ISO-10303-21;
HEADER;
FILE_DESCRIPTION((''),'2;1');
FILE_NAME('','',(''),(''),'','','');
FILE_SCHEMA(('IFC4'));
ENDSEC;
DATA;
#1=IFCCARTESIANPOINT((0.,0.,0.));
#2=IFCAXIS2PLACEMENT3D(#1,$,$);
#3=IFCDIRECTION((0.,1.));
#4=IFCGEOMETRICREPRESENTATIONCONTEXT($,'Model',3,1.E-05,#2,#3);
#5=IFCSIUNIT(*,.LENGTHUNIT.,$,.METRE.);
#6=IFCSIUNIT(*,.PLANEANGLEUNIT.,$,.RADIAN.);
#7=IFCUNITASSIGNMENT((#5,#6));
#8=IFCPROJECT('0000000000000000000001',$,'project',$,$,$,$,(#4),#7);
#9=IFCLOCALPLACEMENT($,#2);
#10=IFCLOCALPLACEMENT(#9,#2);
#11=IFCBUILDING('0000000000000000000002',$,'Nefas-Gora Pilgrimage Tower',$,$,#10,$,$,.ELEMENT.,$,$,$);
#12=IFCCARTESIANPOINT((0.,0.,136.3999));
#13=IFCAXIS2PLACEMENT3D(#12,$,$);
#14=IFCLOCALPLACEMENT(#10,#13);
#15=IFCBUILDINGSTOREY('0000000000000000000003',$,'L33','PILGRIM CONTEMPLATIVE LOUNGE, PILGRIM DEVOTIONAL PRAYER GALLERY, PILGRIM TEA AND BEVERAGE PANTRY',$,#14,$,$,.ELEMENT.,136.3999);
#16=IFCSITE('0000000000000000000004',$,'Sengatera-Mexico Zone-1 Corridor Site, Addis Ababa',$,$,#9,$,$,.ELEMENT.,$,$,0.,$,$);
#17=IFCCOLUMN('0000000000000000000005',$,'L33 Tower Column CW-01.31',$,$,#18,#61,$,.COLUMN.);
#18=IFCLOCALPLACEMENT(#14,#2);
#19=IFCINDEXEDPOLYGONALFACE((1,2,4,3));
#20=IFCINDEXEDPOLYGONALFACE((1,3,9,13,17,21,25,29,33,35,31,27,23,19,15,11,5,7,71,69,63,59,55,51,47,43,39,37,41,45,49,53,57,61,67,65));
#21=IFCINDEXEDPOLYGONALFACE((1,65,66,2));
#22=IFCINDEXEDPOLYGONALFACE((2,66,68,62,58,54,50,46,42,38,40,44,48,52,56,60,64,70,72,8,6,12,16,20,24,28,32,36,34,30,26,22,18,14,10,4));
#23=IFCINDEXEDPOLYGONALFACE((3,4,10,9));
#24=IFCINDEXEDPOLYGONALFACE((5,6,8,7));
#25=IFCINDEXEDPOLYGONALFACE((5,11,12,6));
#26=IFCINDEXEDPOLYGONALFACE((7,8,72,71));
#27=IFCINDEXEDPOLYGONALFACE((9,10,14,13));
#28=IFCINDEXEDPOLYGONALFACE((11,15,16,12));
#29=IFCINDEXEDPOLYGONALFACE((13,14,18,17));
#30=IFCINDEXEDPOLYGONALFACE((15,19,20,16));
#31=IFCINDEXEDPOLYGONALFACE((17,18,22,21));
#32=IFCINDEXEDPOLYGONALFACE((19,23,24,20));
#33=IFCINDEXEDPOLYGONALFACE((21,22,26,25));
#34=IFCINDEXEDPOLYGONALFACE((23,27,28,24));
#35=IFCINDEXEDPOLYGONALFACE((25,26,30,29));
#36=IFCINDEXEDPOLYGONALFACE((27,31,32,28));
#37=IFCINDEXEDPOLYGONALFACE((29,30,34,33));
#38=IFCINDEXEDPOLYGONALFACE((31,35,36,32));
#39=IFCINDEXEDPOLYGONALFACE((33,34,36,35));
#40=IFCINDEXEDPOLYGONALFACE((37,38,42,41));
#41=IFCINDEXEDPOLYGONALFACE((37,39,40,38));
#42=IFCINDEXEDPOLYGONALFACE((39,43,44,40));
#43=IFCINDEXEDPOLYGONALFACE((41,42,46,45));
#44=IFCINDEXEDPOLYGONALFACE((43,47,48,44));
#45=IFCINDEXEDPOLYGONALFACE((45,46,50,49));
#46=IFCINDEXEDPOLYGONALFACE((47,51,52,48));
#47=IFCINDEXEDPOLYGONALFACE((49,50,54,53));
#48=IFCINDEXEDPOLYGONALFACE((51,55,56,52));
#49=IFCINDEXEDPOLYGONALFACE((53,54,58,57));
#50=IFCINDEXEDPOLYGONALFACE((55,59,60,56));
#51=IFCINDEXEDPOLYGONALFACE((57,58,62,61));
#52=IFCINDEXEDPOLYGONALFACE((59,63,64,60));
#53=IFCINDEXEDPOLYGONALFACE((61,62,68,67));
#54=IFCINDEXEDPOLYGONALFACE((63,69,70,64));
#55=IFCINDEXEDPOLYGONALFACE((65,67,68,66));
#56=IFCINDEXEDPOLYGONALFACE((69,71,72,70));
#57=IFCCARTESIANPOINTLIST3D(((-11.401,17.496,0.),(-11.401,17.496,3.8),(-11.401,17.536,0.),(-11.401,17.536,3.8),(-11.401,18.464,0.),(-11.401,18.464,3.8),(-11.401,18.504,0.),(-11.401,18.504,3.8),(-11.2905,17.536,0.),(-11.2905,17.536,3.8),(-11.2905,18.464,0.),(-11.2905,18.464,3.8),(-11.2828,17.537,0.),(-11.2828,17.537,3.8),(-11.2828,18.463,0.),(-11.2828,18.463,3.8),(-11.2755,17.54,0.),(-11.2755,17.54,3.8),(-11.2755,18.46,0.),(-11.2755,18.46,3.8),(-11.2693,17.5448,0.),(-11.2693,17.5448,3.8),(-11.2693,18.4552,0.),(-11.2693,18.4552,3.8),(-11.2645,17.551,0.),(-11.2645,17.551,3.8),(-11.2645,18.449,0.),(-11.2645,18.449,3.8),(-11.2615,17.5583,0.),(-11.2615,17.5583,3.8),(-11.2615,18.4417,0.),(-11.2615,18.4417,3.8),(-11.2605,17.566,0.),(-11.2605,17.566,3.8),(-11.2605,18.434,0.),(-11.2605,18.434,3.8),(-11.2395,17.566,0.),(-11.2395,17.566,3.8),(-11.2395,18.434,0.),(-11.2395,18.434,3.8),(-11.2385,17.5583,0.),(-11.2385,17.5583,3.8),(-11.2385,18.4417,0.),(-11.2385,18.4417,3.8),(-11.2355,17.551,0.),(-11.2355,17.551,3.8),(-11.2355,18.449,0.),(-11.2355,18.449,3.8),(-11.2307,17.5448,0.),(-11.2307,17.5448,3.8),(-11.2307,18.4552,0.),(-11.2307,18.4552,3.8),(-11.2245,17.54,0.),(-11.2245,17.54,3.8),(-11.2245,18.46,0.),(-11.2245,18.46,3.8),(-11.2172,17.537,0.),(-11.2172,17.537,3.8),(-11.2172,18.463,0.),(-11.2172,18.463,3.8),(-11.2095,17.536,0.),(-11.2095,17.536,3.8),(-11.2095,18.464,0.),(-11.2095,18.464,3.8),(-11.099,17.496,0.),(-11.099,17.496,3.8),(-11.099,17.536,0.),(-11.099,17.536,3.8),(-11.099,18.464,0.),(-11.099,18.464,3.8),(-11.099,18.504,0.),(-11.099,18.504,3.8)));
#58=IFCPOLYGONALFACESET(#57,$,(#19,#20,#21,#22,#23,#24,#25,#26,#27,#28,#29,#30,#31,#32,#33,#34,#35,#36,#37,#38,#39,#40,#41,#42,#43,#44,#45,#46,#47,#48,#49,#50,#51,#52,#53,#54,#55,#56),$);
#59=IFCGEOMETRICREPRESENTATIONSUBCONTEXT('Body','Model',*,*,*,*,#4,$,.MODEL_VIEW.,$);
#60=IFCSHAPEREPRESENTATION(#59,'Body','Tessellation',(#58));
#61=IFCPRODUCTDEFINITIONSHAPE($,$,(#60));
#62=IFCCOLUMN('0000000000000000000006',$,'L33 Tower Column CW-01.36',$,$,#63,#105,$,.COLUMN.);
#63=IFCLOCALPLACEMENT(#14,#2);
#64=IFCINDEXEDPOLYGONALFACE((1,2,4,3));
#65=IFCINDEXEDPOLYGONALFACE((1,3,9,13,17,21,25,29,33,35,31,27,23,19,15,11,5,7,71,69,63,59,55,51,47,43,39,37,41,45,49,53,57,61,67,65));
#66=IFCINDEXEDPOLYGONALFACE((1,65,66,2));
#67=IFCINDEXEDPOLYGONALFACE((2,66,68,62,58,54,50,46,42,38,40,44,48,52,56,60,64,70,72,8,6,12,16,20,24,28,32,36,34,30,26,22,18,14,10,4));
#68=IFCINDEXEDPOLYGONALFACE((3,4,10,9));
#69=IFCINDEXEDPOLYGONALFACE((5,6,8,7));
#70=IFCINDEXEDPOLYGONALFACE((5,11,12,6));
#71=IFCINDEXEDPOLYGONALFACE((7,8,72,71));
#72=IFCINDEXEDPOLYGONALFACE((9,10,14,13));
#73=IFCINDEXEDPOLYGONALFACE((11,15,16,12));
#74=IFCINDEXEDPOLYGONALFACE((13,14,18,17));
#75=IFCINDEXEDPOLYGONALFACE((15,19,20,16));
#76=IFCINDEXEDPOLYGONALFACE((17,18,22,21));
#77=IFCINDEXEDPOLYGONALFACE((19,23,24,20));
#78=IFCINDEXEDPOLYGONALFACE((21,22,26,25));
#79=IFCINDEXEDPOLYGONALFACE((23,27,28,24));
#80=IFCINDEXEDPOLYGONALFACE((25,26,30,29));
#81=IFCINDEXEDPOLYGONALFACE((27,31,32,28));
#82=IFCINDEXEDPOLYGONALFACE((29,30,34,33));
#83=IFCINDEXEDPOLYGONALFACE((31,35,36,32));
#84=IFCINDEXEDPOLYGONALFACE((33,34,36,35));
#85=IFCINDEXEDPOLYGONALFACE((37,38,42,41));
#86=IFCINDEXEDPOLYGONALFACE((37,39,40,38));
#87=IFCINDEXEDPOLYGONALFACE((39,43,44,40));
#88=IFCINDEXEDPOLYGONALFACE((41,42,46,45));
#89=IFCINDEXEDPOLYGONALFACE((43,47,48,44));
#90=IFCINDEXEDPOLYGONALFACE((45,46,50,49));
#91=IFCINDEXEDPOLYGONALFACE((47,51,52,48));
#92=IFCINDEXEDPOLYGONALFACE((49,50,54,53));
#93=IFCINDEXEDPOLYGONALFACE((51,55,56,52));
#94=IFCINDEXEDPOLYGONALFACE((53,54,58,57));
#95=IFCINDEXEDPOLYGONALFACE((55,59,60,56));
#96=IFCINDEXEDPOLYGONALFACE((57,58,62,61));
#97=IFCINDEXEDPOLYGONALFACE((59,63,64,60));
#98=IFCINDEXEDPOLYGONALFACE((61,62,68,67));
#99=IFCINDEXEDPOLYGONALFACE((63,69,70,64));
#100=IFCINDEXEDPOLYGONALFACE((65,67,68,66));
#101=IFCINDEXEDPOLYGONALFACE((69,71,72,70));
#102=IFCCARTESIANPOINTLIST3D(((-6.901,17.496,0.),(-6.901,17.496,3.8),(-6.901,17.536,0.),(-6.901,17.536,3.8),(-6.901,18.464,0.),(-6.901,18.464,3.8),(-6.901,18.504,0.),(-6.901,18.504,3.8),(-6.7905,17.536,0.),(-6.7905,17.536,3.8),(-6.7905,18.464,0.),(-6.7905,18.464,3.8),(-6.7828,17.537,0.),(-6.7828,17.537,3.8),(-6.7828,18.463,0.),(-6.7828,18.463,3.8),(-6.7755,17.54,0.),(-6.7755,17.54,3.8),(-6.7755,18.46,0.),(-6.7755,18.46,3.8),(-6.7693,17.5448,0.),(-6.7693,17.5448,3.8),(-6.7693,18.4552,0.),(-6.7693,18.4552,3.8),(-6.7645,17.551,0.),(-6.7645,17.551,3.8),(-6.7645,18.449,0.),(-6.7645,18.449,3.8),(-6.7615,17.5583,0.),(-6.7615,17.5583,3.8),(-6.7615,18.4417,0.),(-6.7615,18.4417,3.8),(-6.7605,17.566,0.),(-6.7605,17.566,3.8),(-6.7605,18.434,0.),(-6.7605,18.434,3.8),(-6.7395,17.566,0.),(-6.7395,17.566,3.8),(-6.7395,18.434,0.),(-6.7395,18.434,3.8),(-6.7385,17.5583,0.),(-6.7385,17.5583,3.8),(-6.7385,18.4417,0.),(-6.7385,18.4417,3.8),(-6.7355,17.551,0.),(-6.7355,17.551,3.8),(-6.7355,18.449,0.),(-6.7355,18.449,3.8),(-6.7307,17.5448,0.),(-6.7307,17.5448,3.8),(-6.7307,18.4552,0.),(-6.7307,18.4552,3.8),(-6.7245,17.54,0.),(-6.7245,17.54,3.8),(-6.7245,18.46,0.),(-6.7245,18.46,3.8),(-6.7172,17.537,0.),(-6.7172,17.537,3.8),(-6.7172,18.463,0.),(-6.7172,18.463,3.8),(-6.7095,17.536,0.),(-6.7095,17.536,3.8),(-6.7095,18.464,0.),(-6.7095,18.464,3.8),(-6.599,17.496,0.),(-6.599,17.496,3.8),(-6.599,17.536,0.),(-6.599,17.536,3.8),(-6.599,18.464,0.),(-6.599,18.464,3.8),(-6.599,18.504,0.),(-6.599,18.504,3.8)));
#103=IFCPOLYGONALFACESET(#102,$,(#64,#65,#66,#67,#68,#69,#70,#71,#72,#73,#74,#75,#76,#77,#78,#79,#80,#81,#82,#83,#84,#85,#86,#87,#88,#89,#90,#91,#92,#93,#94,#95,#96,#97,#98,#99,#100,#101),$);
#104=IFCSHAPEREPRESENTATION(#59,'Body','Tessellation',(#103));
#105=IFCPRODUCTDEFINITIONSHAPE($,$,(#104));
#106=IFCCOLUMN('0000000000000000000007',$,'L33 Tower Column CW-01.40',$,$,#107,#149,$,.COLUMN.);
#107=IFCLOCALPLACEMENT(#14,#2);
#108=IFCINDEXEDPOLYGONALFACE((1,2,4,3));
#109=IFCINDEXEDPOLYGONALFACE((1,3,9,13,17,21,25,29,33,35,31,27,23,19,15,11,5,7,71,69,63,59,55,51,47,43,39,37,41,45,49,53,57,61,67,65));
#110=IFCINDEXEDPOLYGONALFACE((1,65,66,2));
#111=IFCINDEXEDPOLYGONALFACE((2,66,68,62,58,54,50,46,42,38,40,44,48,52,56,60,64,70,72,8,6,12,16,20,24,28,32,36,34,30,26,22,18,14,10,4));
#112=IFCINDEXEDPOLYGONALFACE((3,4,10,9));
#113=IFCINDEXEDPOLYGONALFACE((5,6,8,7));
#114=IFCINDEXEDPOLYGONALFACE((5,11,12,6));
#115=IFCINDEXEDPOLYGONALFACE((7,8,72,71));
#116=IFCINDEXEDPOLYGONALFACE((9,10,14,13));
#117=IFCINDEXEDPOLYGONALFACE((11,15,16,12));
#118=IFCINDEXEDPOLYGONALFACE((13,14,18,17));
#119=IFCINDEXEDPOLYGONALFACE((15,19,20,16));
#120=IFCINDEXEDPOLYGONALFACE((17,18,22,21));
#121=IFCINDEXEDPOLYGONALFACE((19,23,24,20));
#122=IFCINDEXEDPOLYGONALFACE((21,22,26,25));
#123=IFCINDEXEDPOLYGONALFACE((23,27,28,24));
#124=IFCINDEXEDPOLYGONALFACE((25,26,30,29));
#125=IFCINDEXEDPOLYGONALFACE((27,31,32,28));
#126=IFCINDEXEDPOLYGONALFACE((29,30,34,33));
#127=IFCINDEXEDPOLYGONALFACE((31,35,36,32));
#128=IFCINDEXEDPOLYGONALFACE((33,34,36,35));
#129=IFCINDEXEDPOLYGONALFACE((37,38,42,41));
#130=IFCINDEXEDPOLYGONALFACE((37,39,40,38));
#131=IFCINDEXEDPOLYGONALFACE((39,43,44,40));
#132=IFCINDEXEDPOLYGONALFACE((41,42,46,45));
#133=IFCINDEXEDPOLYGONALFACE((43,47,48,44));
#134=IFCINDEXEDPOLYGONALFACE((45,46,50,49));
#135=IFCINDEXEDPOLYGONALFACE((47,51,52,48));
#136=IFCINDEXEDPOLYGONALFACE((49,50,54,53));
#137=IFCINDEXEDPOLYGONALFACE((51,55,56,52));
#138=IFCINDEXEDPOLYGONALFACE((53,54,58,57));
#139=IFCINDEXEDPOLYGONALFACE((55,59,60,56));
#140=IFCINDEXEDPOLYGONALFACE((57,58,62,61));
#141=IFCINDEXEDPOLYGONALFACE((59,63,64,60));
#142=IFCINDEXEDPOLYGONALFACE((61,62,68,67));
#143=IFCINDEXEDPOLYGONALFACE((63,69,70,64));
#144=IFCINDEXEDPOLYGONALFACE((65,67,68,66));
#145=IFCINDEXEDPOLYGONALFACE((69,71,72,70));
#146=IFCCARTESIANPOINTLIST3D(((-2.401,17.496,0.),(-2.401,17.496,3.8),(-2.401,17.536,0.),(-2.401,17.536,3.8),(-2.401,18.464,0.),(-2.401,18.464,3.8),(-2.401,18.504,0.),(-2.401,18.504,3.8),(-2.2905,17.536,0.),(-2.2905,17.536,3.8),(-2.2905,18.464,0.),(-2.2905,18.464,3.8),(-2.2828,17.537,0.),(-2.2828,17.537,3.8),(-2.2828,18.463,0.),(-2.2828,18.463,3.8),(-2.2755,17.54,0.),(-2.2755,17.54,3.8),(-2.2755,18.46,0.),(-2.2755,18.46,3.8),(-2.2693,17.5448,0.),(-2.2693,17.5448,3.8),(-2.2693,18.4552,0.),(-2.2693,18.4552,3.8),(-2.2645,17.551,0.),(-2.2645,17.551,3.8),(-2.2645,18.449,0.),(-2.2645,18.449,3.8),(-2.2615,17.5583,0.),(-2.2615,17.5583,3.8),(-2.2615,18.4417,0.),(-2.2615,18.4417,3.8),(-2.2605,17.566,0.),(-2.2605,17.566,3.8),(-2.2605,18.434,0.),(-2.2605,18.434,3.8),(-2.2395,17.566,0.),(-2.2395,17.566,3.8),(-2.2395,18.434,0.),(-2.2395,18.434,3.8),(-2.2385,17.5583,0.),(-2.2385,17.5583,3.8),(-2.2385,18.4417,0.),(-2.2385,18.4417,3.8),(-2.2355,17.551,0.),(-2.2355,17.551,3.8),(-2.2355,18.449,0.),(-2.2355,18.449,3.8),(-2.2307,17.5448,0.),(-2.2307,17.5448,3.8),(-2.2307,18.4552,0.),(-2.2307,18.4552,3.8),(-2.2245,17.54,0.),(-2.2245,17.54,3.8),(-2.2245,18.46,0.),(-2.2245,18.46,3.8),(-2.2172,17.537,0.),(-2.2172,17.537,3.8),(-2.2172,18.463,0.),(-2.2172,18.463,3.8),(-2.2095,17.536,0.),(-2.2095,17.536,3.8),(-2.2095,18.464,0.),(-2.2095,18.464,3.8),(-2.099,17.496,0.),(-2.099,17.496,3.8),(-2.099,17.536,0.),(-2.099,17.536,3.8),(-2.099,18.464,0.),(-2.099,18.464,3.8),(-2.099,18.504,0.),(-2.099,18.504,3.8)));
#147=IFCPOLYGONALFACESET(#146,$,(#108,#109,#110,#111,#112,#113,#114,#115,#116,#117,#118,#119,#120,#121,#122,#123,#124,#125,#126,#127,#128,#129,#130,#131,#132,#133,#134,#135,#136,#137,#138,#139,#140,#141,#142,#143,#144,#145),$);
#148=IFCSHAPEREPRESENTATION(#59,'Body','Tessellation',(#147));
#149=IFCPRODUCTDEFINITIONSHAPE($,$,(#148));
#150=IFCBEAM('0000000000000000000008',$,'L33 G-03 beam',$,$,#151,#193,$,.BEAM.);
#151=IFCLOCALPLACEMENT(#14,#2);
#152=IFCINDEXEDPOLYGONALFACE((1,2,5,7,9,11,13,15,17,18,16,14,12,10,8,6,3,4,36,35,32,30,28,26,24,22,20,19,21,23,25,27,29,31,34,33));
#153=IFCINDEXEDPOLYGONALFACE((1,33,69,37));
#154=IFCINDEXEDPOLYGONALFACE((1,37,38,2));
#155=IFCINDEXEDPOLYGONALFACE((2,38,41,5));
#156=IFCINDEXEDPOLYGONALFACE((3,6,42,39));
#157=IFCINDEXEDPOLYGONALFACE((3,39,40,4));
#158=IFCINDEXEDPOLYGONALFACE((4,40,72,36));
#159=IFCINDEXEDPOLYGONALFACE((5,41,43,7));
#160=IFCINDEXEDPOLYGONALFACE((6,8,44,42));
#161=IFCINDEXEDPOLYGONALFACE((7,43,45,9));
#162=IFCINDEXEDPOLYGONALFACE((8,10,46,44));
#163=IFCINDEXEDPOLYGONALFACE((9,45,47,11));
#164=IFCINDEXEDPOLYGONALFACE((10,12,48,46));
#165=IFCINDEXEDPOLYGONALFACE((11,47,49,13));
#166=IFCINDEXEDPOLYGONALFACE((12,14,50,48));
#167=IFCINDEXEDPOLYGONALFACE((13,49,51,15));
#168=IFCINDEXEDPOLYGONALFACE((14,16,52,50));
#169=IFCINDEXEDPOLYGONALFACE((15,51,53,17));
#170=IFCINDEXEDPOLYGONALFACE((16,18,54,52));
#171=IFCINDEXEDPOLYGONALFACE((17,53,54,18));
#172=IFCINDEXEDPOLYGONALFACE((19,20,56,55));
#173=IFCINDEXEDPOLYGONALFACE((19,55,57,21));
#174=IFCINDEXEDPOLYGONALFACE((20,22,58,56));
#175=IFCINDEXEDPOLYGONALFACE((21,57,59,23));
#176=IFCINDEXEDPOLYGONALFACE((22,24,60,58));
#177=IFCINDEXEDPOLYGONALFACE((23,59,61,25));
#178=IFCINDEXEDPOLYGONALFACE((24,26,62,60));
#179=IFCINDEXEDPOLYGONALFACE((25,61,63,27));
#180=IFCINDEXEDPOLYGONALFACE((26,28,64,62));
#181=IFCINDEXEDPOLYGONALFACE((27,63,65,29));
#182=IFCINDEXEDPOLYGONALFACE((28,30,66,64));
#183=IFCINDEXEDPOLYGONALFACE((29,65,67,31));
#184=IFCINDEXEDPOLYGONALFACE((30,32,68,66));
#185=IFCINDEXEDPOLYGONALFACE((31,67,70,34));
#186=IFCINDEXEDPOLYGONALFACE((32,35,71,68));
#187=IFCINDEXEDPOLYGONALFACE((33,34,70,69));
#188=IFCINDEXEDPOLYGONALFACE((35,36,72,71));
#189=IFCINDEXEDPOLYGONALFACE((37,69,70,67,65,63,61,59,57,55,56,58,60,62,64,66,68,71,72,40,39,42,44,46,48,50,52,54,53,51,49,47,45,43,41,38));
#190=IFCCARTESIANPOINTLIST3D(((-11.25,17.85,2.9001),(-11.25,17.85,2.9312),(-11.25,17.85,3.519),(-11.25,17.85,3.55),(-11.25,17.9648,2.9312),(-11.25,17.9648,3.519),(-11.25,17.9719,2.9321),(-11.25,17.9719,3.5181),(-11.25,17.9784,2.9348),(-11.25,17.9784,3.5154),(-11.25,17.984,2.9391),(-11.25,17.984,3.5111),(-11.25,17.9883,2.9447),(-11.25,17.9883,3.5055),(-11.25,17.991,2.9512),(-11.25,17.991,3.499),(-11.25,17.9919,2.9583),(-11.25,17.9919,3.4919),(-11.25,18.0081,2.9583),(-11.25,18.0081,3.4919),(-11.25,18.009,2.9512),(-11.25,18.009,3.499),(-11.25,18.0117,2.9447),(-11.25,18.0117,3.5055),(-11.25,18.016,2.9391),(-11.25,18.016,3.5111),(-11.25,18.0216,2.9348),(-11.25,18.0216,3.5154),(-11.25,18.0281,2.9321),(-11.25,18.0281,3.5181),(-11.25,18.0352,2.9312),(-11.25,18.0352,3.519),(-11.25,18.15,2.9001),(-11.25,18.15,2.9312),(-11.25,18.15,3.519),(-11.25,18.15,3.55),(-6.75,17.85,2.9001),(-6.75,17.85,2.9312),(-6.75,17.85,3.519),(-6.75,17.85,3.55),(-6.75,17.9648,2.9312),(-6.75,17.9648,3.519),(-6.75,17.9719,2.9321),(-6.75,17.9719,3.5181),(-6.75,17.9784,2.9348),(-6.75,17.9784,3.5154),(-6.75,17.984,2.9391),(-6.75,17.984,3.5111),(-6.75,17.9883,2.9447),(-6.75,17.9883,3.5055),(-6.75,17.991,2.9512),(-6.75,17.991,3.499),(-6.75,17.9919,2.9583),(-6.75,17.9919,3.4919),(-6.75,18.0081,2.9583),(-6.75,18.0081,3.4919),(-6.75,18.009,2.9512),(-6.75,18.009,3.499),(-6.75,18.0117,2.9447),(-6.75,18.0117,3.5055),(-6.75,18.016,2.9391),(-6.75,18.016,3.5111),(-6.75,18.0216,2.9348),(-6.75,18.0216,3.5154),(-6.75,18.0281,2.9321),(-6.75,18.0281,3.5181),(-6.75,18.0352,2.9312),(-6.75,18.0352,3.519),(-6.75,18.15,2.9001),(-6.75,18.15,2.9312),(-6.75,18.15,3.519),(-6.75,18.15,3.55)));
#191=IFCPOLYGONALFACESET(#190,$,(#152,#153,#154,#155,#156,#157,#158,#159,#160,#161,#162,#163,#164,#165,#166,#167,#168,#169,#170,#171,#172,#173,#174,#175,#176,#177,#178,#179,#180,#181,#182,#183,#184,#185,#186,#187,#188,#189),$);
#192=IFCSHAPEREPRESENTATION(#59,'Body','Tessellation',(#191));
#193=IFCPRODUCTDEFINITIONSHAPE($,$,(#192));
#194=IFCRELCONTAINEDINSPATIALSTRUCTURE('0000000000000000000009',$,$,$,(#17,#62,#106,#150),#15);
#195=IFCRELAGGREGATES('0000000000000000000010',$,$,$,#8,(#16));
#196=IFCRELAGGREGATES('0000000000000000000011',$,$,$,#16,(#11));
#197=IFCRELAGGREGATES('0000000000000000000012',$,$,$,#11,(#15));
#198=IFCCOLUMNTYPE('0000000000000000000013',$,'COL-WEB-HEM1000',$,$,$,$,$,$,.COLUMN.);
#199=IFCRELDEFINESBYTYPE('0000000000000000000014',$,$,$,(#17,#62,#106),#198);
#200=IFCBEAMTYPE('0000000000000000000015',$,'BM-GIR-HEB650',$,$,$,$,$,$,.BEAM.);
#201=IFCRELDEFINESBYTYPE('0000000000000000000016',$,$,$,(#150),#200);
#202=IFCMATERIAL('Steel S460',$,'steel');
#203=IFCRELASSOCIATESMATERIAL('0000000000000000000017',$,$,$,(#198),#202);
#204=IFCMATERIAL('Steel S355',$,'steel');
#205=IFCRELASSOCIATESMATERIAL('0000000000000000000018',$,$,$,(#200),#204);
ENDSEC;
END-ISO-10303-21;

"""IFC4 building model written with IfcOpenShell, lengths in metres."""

from ifc_helpers import new_model, si_unit, direction, frame, origin, origin_2d, place, context, subcontext, project, spatial, i_section, extrude, source, transform, mapped, material, material_profile, profile_set, type_object, element, save


model = new_model("IFC4")

# Units and contexts
model_context = context("Model", 3, precision=1e-05, world=origin(), true_north=direction((0.0, 1.0)))
body_context = subcontext(model_context, "Body", "Model", "MODEL_VIEW")
ifc_project = project(units=[si_unit("LENGTHUNIT", "METRE"), si_unit("PLANEANGLEUNIT", "RADIAN")], contexts=[model_context])

# Site, building, storey
site_placement = place(None, origin())
site = spatial("IfcSite", under=ifc_project, at=site_placement, Name="Sengatera-Mexico Zone-1 Corridor Site, Addis Ababa", CompositionType="ELEMENT", RefElevation=0.0)
building_placement = place(site_placement, origin())
building = spatial("IfcBuilding", under=site, at=building_placement, Name="Nefas-Gora Pilgrimage Tower", CompositionType="ELEMENT")
storey_placement = place(building_placement, frame((0.0, 0.0, 136.3999)))
storey = spatial("IfcBuildingStorey", under=building, at=storey_placement, Name="L33", Description="PILGRIM CONTEMPLATIVE LOUNGE, PILGRIM DEVOTIONAL PRAYER GALLERY, PILGRIM TEA AND BEVERAGE PANTRY", CompositionType="ELEMENT", Elevation=136.3999)

# Columns
ifc_material_1 = material(Name="Steel S460", Category="steel")
ifc_material_profile_1 = material_profile(ifc_material_1, i_section(OverallWidth=0.302, OverallDepth=1.0081, WebThickness=0.021, FlangeThickness=0.04, FilletRadius=0.03, at=origin_2d()), Name="HEM 1000")
ifc_profile_set_1 = profile_set([ifc_material_profile_1], Name="Steel S460")
column_type = type_object("IfcColumnType", Name="COL-WEB-HEM1000", PredefinedType="COLUMN", material=ifc_profile_set_1)
shared_shape_1 = source(origin(), body_context, "Body", "SweptSolid", [
    extrude(i_section(OverallWidth=0.302, OverallDepth=1.0081, WebThickness=0.021, FlangeThickness=0.04, FilletRadius=0.03, at=origin_2d()), origin(), (0.0, 0.0, 1.0), 3.8),
])
for number, where, z_axis, x_axis, name in (
    (1, (-11.25, 18.0, 0.0), (0.0, 0.0, 1.0), (1.0, 0.0, 0.0), "L33 Tower Column CW-01.31"),
    (2, (-6.75, 18.0, 0.0), (0.0, 0.0, 1.0), (1.0, 0.0, 0.0), "L33 Tower Column CW-01.36"),
    (3, (-2.25, 18.0, 0.0), (0.0, 0.0, 1.0), (1.0, 0.0, 0.0), "L33 Tower Column CW-01.40"),
):
    element("IfcColumn", number, at=place(storey_placement, frame(where, z_axis=z_axis, x_axis=x_axis)), inside=storey, type_object=column_type, Name=name, PredefinedType="COLUMN", context=body_context, shape_type="MappedRepresentation", body=[
        mapped(shared_shape_1, transform((0.0, 0.0, 0.0), x_axis=(1.0, 0.0, 0.0), y_axis=(0.0, 1.0, 0.0), z_axis=(0.0, 0.0, 1.0), scale=1.0)),
    ])

# Beam
ifc_material_2 = material(Name="Steel S355", Category="steel")
ifc_material_profile_2 = material_profile(ifc_material_2, i_section(OverallWidth=0.3, OverallDepth=0.6499, WebThickness=0.0161, FlangeThickness=0.031, FilletRadius=0.0271, at=origin_2d()), Name="HEB 650")
ifc_profile_set_2 = profile_set([ifc_material_profile_2], Name="Steel S355")
beam_type = type_object("IfcBeamType", Name="BM-GIR-HEB650", PredefinedType="BEAM", material=ifc_profile_set_2)
shared_shape_2 = source(origin(), body_context, "Body", "SweptSolid", [
    extrude(i_section(OverallWidth=0.3, OverallDepth=0.6499, WebThickness=0.0161, FlangeThickness=0.031, FilletRadius=0.0271, at=origin_2d()), origin(), (0.0, 0.0, 1.0), 4.5),
])
for number, where, z_axis, x_axis, name in (
    (4, (-11.25, 18.0, 3.2251), (1.0, 0.0, 0.0), (0.0, 1.0, 0.0), "L33 G-03 beam"),
):
    element("IfcBeam", number, at=place(storey_placement, frame(where, z_axis=z_axis, x_axis=x_axis)), inside=storey, type_object=beam_type, Name=name, PredefinedType="BEAM", context=body_context, shape_type="MappedRepresentation", body=[
        mapped(shared_shape_2, transform((0.0, 0.0, 0.0), x_axis=(1.0, 0.0, 0.0), y_axis=(0.0, 1.0, 0.0), z_axis=(0.0, 0.0, 1.0), scale=1.0)),
    ])

save(model, "model.ifc")
